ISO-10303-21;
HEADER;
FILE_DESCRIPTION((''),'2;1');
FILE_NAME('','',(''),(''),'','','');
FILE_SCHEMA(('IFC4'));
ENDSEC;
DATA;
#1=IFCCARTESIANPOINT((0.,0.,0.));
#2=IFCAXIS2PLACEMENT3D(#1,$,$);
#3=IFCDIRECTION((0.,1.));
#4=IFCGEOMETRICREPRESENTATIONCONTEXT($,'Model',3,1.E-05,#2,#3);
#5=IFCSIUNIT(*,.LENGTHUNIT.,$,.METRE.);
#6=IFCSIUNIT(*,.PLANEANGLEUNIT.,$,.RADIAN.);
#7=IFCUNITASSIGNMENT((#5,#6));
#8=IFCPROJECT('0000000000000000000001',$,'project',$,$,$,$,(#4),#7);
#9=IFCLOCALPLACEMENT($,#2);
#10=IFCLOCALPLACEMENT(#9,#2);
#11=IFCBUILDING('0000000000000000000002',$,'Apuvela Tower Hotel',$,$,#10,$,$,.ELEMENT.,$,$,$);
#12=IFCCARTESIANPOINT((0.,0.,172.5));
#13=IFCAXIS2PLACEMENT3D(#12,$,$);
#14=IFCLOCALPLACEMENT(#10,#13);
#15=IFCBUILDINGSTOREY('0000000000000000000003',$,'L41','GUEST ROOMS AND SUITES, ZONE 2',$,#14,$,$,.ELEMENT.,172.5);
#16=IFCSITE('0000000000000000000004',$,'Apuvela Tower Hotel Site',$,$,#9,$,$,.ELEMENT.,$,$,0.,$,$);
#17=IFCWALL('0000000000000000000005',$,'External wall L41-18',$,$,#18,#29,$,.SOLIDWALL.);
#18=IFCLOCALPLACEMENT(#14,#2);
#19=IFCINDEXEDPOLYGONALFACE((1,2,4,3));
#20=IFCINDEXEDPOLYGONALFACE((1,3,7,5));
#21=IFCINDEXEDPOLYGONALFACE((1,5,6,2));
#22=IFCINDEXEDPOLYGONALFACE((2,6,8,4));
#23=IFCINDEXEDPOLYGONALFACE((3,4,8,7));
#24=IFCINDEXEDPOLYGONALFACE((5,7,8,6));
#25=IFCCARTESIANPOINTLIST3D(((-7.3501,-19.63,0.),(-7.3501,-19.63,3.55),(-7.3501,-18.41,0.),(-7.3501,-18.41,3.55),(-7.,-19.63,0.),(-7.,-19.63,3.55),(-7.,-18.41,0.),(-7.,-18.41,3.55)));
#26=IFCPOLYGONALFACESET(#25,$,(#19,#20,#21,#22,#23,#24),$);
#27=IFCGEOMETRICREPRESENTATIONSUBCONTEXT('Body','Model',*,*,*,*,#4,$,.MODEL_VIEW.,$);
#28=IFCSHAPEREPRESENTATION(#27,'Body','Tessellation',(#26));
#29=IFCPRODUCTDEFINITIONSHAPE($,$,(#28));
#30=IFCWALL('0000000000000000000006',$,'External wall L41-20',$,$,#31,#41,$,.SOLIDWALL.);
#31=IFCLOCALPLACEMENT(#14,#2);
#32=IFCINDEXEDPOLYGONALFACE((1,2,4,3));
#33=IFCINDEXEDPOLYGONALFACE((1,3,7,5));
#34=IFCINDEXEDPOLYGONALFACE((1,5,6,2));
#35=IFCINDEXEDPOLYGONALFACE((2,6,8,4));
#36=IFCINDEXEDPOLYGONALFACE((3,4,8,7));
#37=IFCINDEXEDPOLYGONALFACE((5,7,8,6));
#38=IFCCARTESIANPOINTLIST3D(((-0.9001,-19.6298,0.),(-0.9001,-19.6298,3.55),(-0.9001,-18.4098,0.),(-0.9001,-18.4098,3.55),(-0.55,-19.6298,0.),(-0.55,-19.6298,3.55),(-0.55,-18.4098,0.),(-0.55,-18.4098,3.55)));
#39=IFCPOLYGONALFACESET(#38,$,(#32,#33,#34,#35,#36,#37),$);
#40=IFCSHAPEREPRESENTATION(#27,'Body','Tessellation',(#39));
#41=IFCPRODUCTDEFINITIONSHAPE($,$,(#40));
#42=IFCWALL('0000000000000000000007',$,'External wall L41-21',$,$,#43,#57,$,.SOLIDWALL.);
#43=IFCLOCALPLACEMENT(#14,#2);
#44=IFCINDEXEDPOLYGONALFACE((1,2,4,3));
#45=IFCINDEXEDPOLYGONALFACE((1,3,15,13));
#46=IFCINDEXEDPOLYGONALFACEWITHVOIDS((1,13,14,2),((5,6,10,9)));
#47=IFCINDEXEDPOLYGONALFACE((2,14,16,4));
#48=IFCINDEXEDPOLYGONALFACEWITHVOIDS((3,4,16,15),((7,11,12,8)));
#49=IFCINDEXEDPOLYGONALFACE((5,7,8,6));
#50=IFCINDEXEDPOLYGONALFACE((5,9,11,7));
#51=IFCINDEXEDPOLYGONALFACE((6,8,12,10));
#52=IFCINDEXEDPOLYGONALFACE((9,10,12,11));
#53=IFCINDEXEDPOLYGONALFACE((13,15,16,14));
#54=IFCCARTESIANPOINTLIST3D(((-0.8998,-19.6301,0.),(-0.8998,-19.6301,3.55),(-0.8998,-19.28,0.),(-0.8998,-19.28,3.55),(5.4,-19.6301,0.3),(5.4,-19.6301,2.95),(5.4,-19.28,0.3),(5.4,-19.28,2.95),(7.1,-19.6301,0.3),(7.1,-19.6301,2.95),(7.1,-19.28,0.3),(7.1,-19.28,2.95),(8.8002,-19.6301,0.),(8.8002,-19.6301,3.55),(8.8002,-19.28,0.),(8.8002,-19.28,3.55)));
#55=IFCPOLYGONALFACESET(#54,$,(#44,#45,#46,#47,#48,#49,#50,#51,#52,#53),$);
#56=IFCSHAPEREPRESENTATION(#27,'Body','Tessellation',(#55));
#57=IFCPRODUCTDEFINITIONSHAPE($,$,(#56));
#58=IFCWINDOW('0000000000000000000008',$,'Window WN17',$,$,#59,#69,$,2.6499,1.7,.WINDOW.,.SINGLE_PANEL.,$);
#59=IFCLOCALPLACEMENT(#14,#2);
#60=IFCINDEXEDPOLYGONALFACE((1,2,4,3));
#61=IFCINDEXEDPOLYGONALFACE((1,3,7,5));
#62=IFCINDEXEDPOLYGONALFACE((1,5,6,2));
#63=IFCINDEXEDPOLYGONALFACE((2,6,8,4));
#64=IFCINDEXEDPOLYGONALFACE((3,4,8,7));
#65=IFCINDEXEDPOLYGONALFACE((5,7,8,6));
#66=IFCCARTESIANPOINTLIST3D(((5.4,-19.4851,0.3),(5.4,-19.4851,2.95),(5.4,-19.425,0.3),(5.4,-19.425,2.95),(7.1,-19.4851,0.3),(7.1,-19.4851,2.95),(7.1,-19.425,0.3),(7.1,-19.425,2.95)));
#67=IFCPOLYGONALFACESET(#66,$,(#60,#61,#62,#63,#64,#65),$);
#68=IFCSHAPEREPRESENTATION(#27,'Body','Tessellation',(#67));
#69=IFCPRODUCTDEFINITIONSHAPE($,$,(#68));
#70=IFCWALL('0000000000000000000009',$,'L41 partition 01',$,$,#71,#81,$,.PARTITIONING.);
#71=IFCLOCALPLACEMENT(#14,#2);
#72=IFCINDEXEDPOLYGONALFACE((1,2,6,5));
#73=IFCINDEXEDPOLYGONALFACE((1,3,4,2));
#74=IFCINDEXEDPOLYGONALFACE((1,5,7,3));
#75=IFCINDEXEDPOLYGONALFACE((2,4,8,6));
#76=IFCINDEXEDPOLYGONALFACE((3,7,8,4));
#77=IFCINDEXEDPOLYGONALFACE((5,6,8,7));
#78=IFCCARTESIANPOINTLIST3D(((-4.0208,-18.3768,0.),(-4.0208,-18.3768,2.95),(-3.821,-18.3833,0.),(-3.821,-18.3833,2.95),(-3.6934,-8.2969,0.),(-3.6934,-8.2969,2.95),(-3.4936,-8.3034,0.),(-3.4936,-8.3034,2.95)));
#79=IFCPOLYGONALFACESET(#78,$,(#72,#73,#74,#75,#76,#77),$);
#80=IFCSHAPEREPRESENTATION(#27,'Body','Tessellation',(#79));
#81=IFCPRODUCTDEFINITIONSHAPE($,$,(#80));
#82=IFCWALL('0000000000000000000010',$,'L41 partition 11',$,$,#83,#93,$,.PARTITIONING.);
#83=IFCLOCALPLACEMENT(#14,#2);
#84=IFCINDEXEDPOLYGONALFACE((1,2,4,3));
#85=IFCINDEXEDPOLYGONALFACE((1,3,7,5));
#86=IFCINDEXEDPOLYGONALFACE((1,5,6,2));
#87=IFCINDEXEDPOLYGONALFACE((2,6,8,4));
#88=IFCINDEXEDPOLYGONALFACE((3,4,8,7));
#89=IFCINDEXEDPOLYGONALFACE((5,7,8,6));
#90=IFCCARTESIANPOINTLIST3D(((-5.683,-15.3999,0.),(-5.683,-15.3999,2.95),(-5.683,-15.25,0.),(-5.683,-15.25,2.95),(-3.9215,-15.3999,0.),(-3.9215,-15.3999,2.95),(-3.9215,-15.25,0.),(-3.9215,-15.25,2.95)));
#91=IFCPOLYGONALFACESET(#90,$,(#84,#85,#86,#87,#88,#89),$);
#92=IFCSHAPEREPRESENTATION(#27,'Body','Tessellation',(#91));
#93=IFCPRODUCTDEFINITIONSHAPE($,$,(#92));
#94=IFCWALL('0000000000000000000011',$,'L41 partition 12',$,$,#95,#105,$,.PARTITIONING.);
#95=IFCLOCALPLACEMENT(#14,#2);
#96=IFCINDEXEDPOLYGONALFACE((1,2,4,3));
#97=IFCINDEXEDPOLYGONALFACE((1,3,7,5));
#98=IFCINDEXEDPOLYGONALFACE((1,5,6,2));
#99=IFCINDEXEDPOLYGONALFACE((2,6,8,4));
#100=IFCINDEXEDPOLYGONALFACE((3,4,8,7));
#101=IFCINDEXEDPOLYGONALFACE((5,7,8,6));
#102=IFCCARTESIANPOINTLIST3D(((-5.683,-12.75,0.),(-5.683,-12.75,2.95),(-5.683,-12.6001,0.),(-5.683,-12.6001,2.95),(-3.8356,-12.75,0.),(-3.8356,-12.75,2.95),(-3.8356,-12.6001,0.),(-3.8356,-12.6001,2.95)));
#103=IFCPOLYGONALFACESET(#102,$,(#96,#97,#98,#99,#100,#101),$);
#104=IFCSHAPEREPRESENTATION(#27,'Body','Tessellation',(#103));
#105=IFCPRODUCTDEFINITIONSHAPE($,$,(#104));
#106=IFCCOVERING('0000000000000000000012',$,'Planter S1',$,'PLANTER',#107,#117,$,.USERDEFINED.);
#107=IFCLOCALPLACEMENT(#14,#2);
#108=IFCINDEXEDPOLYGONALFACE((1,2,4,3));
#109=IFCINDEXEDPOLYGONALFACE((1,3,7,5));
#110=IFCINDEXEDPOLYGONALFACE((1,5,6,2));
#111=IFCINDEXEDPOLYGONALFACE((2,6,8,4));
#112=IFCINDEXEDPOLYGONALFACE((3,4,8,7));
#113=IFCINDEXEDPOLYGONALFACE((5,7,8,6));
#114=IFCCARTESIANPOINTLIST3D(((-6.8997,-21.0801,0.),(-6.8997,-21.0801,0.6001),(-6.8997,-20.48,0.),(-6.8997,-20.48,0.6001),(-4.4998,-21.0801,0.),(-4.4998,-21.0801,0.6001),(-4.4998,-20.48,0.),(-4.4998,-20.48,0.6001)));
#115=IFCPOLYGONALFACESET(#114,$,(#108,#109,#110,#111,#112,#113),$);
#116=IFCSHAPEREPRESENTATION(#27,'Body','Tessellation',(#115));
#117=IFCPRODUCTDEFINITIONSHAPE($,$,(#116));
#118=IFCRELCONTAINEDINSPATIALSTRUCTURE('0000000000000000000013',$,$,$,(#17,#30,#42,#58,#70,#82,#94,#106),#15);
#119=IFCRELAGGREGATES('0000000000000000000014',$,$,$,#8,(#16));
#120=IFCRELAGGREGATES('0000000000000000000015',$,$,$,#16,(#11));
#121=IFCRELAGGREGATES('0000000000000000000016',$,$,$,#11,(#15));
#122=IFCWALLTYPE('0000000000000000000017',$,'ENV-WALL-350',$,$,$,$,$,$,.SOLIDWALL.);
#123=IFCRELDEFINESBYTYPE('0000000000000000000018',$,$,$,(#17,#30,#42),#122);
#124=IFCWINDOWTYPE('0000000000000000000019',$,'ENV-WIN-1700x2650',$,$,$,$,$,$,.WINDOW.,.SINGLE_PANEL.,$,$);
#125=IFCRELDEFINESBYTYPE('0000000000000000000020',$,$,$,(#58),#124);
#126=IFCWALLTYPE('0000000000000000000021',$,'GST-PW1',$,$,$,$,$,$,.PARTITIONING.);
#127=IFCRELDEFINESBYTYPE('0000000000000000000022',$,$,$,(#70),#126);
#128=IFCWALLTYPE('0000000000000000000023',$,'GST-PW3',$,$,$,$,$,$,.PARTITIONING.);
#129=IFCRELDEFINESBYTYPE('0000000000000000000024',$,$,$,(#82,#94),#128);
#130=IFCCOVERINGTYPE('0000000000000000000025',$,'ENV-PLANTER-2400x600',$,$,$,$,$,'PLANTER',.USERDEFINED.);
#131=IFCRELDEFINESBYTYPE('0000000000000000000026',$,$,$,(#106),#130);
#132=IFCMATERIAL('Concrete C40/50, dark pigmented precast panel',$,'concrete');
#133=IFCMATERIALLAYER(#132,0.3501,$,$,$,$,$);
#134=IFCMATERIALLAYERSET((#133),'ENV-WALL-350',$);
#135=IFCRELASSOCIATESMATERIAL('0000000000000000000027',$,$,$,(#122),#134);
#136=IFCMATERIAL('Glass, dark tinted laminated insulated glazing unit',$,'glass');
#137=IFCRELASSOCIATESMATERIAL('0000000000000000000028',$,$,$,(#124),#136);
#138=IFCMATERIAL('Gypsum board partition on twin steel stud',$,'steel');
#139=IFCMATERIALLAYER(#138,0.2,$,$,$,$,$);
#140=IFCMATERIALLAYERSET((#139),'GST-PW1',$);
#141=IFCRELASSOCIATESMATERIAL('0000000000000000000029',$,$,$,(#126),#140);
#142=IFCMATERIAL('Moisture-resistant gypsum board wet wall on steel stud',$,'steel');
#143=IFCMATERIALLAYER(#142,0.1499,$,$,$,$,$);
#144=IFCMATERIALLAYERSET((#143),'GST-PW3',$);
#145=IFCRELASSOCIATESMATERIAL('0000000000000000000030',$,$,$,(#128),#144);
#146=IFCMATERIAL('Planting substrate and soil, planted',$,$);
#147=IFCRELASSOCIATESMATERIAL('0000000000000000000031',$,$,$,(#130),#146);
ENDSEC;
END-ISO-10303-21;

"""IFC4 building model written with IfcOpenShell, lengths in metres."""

from ifc_helpers import new_model, si_unit, direction, frame, frame_2d, origin, origin_2d, place, context, subcontext, project, spatial, rectangle, extrude, material, layer, layer_set, type_object, element, fill, save


model = new_model("IFC4")

# Units and contexts
model_context = context("Model", 3, precision=1e-05, world=origin(), true_north=direction((0.0, 1.0)))
body_context = subcontext(model_context, "Body", "Model", "MODEL_VIEW")
ifc_project = project(units=[si_unit("LENGTHUNIT", "METRE"), si_unit("PLANEANGLEUNIT", "RADIAN")], contexts=[model_context])

# Site, building, storey
site_placement = place(None, origin())
site = spatial("IfcSite", under=ifc_project, at=site_placement, Name="Apuvela Tower Hotel Site", CompositionType="ELEMENT", RefElevation=0.0)
building_placement = place(site_placement, origin())
building = spatial("IfcBuilding", under=site, at=building_placement, Name="Apuvela Tower Hotel", CompositionType="ELEMENT")
storey_placement = place(building_placement, frame((0.0, 0.0, 172.5)))
storey = spatial("IfcBuildingStorey", under=building, at=storey_placement, Name="L41", Description="GUEST ROOMS AND SUITES, ZONE 2", CompositionType="ELEMENT", Elevation=172.5)

# Wall
ifc_material_1 = material(Name="Concrete C40/50, dark pigmented precast panel", Category="concrete")
ifc_layer_1 = layer(ifc_material_1, 0.3501)
ifc_layer_set_1 = layer_set([ifc_layer_1], Name="ENV-WALL-350")
wall_type_1 = type_object("IfcWallType", Name="ENV-WALL-350", PredefinedType="SOLIDWALL", material=ifc_layer_set_1)
wall_1_placement = place(storey_placement, frame((-7.175, -19.6299, 0.0), z_axis=(0.0, 0.0, 1.0), x_axis=(0.0, 1.0, 0.0)))
element("IfcWall", 1, at=wall_1_placement, inside=storey, type_object=wall_type_1, Name="External wall L41-18", PredefinedType="SOLIDWALL", context=body_context, shape_type="SweptSolid", body=[
    extrude(rectangle(XDim=1.22, YDim=0.3501, at=frame_2d((0.6099, 0.0))), origin(), (0.0, 0.0, 1.0), 3.55),
])

# Shared definitions
ifc_material_2 = material(Name="Glass, dark tinted laminated insulated glazing unit", Category="glass")

# Wall
wall_2_placement = place(storey_placement, frame((-0.7251, -18.4099, 0.0), z_axis=(0.0, 0.0, 1.0), x_axis=(0.0, -1.0, 0.0)))
element("IfcWall", 2, at=wall_2_placement, inside=storey, type_object=wall_type_1, Name="External wall L41-20", PredefinedType="SOLIDWALL", context=body_context, shape_type="SweptSolid", body=[
    extrude(rectangle(XDim=1.22, YDim=0.3501, at=frame_2d((0.6099, 0.0))), origin(), (0.0, 0.0, 1.0), 3.55),
])

# Wall, opening, window
wall_3_placement = place(storey_placement, frame((-0.8999, -19.4551, 0.0), z_axis=(0.0, 0.0, 1.0), x_axis=(1.0, 0.0, 0.0)))
wall_3 = element("IfcWall", 3, at=wall_3_placement, inside=storey, type_object=wall_type_1, Name="External wall L41-21", PredefinedType="SOLIDWALL", context=body_context, shape_type="SweptSolid", body=[
    extrude(rectangle(XDim=9.7, YDim=0.3501, at=frame_2d((4.8501, 0.0))), origin(), (0.0, 0.0, 1.0), 3.55),
])
opening_1_placement = place(wall_3_placement, frame((6.2998, 0.0, 0.3)))
opening_1 = element("IfcOpeningElement", 4, at=opening_1_placement, cuts=wall_3, PredefinedType="OPENING", context=body_context, shape_type="SweptSolid", body=[
    extrude(rectangle(XDim=1.7, YDim=2.6499, at=frame_2d((0.8501, 1.325))), frame((0.0, 0.1851, 0.0), z_axis=(0.0, -1.0, 0.0), x_axis=(1.0, 0.0, 0.0)), (0.0, 0.0, 1.0), 0.3701),
])
window_type_1 = type_object("IfcWindowType", Name="ENV-WIN-1700x2650", PartitioningType="SINGLE_PANEL", PredefinedType="WINDOW", material=ifc_material_2)
window_1_placement = place(opening_1_placement, origin())
window_1 = element("IfcWindow", 5, at=window_1_placement, inside=storey, type_object=window_type_1, Name="Window WN17", OverallHeight=2.6499, OverallWidth=1.7, PartitioningType="SINGLE_PANEL", PredefinedType="WINDOW", context=body_context, shape_type="SweptSolid", body=[
    extrude(rectangle(XDim=1.7, YDim=2.6499, at=frame_2d((0.8501, 1.325))), frame((0.0, 0.03, 0.0), z_axis=(0.0, -1.0, 0.0), x_axis=(1.0, 0.0, 0.0)), (0.0, 0.0, 1.0), 0.0601),
])
fill(opening_1, window_1)

# Walls
ifc_material_3 = material(Name="Gypsum board partition on twin steel stud", Category="steel")
ifc_layer_2 = layer(ifc_material_3, 0.2)
ifc_layer_set_2 = layer_set([ifc_layer_2], Name="GST-PW1")
wall_type_2 = type_object("IfcWallType", Name="GST-PW1", PredefinedType="PARTITIONING", material=ifc_layer_set_2)
wall_4_placement = place(storey_placement, frame((-3.9209, -18.3799, 0.0), z_axis=(0.0, 0.0, 1.0), x_axis=(0.032463, 0.999473, 0.0)))
element("IfcWall", 6, at=wall_4_placement, inside=storey, type_object=wall_type_2, Name="L41 partition 01", PredefinedType="PARTITIONING", context=body_context, shape_type="SweptSolid", body=[
    extrude(rectangle(XDim=10.0852, YDim=0.2, at=frame_2d((5.0425, 0.0))), origin(), (0.0, 0.0, 1.0), 2.95),
])
ifc_material_4 = material(Name="Moisture-resistant gypsum board wet wall on steel stud", Category="steel")
ifc_layer_3 = layer(ifc_material_4, 0.1499)
ifc_layer_set_3 = layer_set([ifc_layer_3], Name="GST-PW3")
wall_type_3 = type_object("IfcWallType", Name="GST-PW3", PredefinedType="PARTITIONING", material=ifc_layer_set_3)
wall_5_placement = place(storey_placement, frame((-5.6831, -15.325, 0.0), z_axis=(0.0, 0.0, 1.0), x_axis=(1.0, 0.0, 0.0)))
element("IfcWall", 7, at=wall_5_placement, inside=storey, type_object=wall_type_3, Name="L41 partition 11", PredefinedType="PARTITIONING", context=body_context, shape_type="SweptSolid", body=[
    extrude(rectangle(XDim=1.7615, YDim=0.1499, at=frame_2d((0.8809, 0.0))), origin(), (0.0, 0.0, 1.0), 2.95),
])
wall_6_placement = place(storey_placement, frame((-5.6831, -12.675, 0.0), z_axis=(0.0, 0.0, 1.0), x_axis=(1.0, 0.0, 0.0)))
element("IfcWall", 8, at=wall_6_placement, inside=storey, type_object=wall_type_3, Name="L41 partition 12", PredefinedType="PARTITIONING", context=body_context, shape_type="SweptSolid", body=[
    extrude(rectangle(XDim=1.8474, YDim=0.1499, at=frame_2d((0.9238, 0.0))), origin(), (0.0, 0.0, 1.0), 2.95),
])

# Covering
ifc_material_5 = material(Name="Planting substrate and soil, planted")
covering_type = type_object("IfcCoveringType", Name="ENV-PLANTER-2400x600", ElementType="PLANTER", PredefinedType="USERDEFINED", material=ifc_material_5)
covering_placement = place(storey_placement, frame((-5.6997, -20.78, 0.0), z_axis=(0.0, 0.0, 1.0), x_axis=(1.0, 0.0, 0.0)))
element("IfcCovering", 9, at=covering_placement, inside=storey, type_object=covering_type, Name="Planter S1", ObjectType="PLANTER", PredefinedType="USERDEFINED", context=body_context, shape_type="SweptSolid", body=[
    extrude(rectangle(XDim=2.3999, YDim=0.6001, at=origin_2d()), origin(), (0.0, 0.0, 1.0), 0.6001),
])

save(model, "model.ifc")
